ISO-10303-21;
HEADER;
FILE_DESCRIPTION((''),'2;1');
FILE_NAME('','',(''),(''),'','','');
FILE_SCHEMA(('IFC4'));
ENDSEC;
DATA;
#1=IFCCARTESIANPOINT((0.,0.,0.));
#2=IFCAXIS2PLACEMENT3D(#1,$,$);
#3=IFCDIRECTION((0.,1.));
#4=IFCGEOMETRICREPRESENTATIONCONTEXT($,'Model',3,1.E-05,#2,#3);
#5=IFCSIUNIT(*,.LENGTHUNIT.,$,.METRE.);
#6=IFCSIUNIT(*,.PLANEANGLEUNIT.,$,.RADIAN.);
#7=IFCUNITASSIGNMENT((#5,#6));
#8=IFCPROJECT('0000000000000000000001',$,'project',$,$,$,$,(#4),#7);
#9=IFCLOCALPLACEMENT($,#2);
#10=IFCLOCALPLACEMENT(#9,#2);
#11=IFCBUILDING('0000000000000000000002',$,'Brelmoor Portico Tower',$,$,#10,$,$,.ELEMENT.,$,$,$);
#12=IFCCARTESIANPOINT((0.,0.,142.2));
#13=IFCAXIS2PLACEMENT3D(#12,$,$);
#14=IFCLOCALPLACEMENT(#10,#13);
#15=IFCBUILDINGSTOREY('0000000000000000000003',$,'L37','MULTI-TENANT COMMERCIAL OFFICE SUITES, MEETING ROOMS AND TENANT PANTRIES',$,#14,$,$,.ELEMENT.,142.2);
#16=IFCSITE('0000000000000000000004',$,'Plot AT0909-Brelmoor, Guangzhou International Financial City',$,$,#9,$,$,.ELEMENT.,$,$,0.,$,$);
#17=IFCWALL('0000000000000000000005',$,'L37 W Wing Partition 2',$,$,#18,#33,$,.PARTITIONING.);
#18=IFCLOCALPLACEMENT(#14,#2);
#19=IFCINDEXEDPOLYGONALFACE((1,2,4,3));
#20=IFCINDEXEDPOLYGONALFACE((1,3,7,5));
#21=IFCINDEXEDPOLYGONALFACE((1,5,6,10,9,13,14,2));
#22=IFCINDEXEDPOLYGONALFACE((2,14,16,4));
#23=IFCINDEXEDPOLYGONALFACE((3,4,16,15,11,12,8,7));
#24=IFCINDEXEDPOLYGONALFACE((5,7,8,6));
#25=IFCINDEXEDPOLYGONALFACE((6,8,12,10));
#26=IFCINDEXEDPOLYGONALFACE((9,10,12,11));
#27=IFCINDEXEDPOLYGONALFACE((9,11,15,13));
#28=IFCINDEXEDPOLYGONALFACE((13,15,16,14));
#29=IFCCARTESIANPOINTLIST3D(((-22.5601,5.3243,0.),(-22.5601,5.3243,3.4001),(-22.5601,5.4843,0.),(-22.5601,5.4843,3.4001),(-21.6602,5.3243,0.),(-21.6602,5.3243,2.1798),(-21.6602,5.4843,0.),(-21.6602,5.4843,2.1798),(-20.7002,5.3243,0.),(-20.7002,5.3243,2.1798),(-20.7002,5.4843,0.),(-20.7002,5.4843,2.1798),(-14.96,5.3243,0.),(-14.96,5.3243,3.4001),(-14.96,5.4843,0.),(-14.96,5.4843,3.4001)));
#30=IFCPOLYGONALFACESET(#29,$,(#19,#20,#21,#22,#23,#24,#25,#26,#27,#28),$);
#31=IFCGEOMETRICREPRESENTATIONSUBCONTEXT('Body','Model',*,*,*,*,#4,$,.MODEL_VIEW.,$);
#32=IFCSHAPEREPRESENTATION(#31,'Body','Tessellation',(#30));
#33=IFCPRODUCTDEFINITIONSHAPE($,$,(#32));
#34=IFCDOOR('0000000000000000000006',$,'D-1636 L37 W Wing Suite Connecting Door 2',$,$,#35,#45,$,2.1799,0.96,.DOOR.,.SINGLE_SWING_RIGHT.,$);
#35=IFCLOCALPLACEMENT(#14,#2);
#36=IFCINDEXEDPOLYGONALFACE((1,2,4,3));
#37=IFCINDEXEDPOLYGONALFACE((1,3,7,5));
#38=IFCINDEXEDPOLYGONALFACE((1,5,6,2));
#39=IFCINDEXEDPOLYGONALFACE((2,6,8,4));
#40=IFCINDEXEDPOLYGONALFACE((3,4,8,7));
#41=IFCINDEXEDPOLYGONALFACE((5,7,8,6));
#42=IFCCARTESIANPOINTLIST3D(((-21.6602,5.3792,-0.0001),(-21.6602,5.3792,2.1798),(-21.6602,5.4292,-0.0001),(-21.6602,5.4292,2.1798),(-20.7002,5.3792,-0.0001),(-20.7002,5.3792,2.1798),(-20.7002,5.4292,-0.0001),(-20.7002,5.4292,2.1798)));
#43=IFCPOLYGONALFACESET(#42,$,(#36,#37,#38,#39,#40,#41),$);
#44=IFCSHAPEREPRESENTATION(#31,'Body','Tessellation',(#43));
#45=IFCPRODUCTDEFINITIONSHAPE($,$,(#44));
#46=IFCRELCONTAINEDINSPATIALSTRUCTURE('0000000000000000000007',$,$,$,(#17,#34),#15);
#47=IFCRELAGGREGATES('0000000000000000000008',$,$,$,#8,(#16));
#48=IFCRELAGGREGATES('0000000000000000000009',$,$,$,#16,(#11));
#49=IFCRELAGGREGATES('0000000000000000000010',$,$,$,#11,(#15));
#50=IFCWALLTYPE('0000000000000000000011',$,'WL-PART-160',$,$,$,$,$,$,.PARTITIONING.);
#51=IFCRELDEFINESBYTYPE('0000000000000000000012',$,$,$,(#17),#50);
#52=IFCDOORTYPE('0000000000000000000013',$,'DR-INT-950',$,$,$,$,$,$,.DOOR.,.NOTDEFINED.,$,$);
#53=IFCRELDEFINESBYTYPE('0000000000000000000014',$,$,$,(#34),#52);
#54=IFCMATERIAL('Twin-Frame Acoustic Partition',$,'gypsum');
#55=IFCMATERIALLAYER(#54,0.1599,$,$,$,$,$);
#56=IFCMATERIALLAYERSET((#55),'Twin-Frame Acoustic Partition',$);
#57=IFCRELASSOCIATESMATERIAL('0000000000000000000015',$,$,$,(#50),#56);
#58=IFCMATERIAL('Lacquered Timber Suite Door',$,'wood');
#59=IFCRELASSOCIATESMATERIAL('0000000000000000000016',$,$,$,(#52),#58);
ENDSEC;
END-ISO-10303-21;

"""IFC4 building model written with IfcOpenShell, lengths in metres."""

from ifc_helpers import new_model, si_unit, direction, frame, frame_2d, origin, place, context, subcontext, project, spatial, rectangle, extrude, material, layer, layer_set, type_object, element, fill, save


model = new_model("IFC4")

# Units and contexts
model_context = context("Model", 3, precision=1e-05, world=origin(), true_north=direction((0.0, 1.0)))
body_context = subcontext(model_context, "Body", "Model", "MODEL_VIEW")
ifc_project = project(units=[si_unit("LENGTHUNIT", "METRE"), si_unit("PLANEANGLEUNIT", "RADIAN")], contexts=[model_context])

# Site, building, storey
site_placement = place(None, origin())
site = spatial("IfcSite", under=ifc_project, at=site_placement, Name="Plot AT0909-Brelmoor, Guangzhou International Financial City", CompositionType="ELEMENT", RefElevation=0.0)
building_placement = place(site_placement, origin())
building = spatial("IfcBuilding", under=site, at=building_placement, Name="Brelmoor Portico Tower", CompositionType="ELEMENT")
storey_placement = place(building_placement, frame((0.0, 0.0, 142.2)))
storey = spatial("IfcBuildingStorey", under=building, at=storey_placement, Name="L37", Description="MULTI-TENANT COMMERCIAL OFFICE SUITES, MEETING ROOMS AND TENANT PANTRIES", CompositionType="ELEMENT", Elevation=142.2)

# Shared definitions
ifc_material_1 = material(Name="Twin-Frame Acoustic Partition", Category="gypsum")
ifc_layer_1 = layer(ifc_material_1, 0.1599)
ifc_layer_set_1 = layer_set([ifc_layer_1], Name="Twin-Frame Acoustic Partition")
wall_type_1 = type_object("IfcWallType", Name="WL-PART-160", PredefinedType="PARTITIONING", material=ifc_layer_set_1)
ifc_material_2 = material(Name="Lacquered Timber Suite Door", Category="wood")

# Wall, opening, door
wall_1_placement = place(storey_placement, frame((-22.5601, 5.4043, 0.0), z_axis=(0.0, 0.0, 1.0), x_axis=(1.0, 0.0, 0.0)))
wall_1 = element("IfcWall", 1, at=wall_1_placement, inside=storey, type_object=wall_type_1, Name="L37 W Wing Partition 2", PredefinedType="PARTITIONING", context=body_context, shape_type="SweptSolid", body=[
    extrude(rectangle(XDim=7.6001, YDim=0.1599, at=frame_2d((3.8, 0.0))), origin(), (0.0, 0.0, 1.0), 3.4001),
])
opening_1_placement = place(wall_1_placement, frame((0.8999, 0.0, 0.0)))
opening_1 = element("IfcOpeningElement", 2, at=opening_1_placement, cuts=wall_1, PredefinedType="OPENING", context=body_context, shape_type="SweptSolid", body=[
    extrude(rectangle(XDim=0.96, YDim=2.1799, at=frame_2d((0.48, 1.0898))), frame((0.0, 0.0898, 0.0), z_axis=(0.0, -1.0, 0.0), x_axis=(1.0, 0.0, 0.0)), (0.0, 0.0, 1.0), 0.1799),
])
door_type_1 = type_object("IfcDoorType", Name="DR-INT-950", OperationType="NOTDEFINED", PredefinedType="DOOR", material=ifc_material_2)
door_1_placement = place(opening_1_placement, origin())
door_1 = element("IfcDoor", 3, at=door_1_placement, inside=storey, type_object=door_type_1, Name="D-1636 L37 W Wing Suite Connecting Door 2", OperationType="SINGLE_SWING_RIGHT", OverallHeight=2.1799, OverallWidth=0.96, PredefinedType="DOOR", context=body_context, shape_type="SweptSolid", body=[
    extrude(rectangle(XDim=0.96, YDim=2.1799, at=frame_2d((0.48, 1.0898))), frame((0.0, 0.0249, 0.0), z_axis=(0.0, -1.0, 0.0), x_axis=(1.0, 0.0, 0.0)), (0.0, 0.0, 1.0), 0.05),
])
fill(opening_1, door_1)

save(model, "model.ifc")
